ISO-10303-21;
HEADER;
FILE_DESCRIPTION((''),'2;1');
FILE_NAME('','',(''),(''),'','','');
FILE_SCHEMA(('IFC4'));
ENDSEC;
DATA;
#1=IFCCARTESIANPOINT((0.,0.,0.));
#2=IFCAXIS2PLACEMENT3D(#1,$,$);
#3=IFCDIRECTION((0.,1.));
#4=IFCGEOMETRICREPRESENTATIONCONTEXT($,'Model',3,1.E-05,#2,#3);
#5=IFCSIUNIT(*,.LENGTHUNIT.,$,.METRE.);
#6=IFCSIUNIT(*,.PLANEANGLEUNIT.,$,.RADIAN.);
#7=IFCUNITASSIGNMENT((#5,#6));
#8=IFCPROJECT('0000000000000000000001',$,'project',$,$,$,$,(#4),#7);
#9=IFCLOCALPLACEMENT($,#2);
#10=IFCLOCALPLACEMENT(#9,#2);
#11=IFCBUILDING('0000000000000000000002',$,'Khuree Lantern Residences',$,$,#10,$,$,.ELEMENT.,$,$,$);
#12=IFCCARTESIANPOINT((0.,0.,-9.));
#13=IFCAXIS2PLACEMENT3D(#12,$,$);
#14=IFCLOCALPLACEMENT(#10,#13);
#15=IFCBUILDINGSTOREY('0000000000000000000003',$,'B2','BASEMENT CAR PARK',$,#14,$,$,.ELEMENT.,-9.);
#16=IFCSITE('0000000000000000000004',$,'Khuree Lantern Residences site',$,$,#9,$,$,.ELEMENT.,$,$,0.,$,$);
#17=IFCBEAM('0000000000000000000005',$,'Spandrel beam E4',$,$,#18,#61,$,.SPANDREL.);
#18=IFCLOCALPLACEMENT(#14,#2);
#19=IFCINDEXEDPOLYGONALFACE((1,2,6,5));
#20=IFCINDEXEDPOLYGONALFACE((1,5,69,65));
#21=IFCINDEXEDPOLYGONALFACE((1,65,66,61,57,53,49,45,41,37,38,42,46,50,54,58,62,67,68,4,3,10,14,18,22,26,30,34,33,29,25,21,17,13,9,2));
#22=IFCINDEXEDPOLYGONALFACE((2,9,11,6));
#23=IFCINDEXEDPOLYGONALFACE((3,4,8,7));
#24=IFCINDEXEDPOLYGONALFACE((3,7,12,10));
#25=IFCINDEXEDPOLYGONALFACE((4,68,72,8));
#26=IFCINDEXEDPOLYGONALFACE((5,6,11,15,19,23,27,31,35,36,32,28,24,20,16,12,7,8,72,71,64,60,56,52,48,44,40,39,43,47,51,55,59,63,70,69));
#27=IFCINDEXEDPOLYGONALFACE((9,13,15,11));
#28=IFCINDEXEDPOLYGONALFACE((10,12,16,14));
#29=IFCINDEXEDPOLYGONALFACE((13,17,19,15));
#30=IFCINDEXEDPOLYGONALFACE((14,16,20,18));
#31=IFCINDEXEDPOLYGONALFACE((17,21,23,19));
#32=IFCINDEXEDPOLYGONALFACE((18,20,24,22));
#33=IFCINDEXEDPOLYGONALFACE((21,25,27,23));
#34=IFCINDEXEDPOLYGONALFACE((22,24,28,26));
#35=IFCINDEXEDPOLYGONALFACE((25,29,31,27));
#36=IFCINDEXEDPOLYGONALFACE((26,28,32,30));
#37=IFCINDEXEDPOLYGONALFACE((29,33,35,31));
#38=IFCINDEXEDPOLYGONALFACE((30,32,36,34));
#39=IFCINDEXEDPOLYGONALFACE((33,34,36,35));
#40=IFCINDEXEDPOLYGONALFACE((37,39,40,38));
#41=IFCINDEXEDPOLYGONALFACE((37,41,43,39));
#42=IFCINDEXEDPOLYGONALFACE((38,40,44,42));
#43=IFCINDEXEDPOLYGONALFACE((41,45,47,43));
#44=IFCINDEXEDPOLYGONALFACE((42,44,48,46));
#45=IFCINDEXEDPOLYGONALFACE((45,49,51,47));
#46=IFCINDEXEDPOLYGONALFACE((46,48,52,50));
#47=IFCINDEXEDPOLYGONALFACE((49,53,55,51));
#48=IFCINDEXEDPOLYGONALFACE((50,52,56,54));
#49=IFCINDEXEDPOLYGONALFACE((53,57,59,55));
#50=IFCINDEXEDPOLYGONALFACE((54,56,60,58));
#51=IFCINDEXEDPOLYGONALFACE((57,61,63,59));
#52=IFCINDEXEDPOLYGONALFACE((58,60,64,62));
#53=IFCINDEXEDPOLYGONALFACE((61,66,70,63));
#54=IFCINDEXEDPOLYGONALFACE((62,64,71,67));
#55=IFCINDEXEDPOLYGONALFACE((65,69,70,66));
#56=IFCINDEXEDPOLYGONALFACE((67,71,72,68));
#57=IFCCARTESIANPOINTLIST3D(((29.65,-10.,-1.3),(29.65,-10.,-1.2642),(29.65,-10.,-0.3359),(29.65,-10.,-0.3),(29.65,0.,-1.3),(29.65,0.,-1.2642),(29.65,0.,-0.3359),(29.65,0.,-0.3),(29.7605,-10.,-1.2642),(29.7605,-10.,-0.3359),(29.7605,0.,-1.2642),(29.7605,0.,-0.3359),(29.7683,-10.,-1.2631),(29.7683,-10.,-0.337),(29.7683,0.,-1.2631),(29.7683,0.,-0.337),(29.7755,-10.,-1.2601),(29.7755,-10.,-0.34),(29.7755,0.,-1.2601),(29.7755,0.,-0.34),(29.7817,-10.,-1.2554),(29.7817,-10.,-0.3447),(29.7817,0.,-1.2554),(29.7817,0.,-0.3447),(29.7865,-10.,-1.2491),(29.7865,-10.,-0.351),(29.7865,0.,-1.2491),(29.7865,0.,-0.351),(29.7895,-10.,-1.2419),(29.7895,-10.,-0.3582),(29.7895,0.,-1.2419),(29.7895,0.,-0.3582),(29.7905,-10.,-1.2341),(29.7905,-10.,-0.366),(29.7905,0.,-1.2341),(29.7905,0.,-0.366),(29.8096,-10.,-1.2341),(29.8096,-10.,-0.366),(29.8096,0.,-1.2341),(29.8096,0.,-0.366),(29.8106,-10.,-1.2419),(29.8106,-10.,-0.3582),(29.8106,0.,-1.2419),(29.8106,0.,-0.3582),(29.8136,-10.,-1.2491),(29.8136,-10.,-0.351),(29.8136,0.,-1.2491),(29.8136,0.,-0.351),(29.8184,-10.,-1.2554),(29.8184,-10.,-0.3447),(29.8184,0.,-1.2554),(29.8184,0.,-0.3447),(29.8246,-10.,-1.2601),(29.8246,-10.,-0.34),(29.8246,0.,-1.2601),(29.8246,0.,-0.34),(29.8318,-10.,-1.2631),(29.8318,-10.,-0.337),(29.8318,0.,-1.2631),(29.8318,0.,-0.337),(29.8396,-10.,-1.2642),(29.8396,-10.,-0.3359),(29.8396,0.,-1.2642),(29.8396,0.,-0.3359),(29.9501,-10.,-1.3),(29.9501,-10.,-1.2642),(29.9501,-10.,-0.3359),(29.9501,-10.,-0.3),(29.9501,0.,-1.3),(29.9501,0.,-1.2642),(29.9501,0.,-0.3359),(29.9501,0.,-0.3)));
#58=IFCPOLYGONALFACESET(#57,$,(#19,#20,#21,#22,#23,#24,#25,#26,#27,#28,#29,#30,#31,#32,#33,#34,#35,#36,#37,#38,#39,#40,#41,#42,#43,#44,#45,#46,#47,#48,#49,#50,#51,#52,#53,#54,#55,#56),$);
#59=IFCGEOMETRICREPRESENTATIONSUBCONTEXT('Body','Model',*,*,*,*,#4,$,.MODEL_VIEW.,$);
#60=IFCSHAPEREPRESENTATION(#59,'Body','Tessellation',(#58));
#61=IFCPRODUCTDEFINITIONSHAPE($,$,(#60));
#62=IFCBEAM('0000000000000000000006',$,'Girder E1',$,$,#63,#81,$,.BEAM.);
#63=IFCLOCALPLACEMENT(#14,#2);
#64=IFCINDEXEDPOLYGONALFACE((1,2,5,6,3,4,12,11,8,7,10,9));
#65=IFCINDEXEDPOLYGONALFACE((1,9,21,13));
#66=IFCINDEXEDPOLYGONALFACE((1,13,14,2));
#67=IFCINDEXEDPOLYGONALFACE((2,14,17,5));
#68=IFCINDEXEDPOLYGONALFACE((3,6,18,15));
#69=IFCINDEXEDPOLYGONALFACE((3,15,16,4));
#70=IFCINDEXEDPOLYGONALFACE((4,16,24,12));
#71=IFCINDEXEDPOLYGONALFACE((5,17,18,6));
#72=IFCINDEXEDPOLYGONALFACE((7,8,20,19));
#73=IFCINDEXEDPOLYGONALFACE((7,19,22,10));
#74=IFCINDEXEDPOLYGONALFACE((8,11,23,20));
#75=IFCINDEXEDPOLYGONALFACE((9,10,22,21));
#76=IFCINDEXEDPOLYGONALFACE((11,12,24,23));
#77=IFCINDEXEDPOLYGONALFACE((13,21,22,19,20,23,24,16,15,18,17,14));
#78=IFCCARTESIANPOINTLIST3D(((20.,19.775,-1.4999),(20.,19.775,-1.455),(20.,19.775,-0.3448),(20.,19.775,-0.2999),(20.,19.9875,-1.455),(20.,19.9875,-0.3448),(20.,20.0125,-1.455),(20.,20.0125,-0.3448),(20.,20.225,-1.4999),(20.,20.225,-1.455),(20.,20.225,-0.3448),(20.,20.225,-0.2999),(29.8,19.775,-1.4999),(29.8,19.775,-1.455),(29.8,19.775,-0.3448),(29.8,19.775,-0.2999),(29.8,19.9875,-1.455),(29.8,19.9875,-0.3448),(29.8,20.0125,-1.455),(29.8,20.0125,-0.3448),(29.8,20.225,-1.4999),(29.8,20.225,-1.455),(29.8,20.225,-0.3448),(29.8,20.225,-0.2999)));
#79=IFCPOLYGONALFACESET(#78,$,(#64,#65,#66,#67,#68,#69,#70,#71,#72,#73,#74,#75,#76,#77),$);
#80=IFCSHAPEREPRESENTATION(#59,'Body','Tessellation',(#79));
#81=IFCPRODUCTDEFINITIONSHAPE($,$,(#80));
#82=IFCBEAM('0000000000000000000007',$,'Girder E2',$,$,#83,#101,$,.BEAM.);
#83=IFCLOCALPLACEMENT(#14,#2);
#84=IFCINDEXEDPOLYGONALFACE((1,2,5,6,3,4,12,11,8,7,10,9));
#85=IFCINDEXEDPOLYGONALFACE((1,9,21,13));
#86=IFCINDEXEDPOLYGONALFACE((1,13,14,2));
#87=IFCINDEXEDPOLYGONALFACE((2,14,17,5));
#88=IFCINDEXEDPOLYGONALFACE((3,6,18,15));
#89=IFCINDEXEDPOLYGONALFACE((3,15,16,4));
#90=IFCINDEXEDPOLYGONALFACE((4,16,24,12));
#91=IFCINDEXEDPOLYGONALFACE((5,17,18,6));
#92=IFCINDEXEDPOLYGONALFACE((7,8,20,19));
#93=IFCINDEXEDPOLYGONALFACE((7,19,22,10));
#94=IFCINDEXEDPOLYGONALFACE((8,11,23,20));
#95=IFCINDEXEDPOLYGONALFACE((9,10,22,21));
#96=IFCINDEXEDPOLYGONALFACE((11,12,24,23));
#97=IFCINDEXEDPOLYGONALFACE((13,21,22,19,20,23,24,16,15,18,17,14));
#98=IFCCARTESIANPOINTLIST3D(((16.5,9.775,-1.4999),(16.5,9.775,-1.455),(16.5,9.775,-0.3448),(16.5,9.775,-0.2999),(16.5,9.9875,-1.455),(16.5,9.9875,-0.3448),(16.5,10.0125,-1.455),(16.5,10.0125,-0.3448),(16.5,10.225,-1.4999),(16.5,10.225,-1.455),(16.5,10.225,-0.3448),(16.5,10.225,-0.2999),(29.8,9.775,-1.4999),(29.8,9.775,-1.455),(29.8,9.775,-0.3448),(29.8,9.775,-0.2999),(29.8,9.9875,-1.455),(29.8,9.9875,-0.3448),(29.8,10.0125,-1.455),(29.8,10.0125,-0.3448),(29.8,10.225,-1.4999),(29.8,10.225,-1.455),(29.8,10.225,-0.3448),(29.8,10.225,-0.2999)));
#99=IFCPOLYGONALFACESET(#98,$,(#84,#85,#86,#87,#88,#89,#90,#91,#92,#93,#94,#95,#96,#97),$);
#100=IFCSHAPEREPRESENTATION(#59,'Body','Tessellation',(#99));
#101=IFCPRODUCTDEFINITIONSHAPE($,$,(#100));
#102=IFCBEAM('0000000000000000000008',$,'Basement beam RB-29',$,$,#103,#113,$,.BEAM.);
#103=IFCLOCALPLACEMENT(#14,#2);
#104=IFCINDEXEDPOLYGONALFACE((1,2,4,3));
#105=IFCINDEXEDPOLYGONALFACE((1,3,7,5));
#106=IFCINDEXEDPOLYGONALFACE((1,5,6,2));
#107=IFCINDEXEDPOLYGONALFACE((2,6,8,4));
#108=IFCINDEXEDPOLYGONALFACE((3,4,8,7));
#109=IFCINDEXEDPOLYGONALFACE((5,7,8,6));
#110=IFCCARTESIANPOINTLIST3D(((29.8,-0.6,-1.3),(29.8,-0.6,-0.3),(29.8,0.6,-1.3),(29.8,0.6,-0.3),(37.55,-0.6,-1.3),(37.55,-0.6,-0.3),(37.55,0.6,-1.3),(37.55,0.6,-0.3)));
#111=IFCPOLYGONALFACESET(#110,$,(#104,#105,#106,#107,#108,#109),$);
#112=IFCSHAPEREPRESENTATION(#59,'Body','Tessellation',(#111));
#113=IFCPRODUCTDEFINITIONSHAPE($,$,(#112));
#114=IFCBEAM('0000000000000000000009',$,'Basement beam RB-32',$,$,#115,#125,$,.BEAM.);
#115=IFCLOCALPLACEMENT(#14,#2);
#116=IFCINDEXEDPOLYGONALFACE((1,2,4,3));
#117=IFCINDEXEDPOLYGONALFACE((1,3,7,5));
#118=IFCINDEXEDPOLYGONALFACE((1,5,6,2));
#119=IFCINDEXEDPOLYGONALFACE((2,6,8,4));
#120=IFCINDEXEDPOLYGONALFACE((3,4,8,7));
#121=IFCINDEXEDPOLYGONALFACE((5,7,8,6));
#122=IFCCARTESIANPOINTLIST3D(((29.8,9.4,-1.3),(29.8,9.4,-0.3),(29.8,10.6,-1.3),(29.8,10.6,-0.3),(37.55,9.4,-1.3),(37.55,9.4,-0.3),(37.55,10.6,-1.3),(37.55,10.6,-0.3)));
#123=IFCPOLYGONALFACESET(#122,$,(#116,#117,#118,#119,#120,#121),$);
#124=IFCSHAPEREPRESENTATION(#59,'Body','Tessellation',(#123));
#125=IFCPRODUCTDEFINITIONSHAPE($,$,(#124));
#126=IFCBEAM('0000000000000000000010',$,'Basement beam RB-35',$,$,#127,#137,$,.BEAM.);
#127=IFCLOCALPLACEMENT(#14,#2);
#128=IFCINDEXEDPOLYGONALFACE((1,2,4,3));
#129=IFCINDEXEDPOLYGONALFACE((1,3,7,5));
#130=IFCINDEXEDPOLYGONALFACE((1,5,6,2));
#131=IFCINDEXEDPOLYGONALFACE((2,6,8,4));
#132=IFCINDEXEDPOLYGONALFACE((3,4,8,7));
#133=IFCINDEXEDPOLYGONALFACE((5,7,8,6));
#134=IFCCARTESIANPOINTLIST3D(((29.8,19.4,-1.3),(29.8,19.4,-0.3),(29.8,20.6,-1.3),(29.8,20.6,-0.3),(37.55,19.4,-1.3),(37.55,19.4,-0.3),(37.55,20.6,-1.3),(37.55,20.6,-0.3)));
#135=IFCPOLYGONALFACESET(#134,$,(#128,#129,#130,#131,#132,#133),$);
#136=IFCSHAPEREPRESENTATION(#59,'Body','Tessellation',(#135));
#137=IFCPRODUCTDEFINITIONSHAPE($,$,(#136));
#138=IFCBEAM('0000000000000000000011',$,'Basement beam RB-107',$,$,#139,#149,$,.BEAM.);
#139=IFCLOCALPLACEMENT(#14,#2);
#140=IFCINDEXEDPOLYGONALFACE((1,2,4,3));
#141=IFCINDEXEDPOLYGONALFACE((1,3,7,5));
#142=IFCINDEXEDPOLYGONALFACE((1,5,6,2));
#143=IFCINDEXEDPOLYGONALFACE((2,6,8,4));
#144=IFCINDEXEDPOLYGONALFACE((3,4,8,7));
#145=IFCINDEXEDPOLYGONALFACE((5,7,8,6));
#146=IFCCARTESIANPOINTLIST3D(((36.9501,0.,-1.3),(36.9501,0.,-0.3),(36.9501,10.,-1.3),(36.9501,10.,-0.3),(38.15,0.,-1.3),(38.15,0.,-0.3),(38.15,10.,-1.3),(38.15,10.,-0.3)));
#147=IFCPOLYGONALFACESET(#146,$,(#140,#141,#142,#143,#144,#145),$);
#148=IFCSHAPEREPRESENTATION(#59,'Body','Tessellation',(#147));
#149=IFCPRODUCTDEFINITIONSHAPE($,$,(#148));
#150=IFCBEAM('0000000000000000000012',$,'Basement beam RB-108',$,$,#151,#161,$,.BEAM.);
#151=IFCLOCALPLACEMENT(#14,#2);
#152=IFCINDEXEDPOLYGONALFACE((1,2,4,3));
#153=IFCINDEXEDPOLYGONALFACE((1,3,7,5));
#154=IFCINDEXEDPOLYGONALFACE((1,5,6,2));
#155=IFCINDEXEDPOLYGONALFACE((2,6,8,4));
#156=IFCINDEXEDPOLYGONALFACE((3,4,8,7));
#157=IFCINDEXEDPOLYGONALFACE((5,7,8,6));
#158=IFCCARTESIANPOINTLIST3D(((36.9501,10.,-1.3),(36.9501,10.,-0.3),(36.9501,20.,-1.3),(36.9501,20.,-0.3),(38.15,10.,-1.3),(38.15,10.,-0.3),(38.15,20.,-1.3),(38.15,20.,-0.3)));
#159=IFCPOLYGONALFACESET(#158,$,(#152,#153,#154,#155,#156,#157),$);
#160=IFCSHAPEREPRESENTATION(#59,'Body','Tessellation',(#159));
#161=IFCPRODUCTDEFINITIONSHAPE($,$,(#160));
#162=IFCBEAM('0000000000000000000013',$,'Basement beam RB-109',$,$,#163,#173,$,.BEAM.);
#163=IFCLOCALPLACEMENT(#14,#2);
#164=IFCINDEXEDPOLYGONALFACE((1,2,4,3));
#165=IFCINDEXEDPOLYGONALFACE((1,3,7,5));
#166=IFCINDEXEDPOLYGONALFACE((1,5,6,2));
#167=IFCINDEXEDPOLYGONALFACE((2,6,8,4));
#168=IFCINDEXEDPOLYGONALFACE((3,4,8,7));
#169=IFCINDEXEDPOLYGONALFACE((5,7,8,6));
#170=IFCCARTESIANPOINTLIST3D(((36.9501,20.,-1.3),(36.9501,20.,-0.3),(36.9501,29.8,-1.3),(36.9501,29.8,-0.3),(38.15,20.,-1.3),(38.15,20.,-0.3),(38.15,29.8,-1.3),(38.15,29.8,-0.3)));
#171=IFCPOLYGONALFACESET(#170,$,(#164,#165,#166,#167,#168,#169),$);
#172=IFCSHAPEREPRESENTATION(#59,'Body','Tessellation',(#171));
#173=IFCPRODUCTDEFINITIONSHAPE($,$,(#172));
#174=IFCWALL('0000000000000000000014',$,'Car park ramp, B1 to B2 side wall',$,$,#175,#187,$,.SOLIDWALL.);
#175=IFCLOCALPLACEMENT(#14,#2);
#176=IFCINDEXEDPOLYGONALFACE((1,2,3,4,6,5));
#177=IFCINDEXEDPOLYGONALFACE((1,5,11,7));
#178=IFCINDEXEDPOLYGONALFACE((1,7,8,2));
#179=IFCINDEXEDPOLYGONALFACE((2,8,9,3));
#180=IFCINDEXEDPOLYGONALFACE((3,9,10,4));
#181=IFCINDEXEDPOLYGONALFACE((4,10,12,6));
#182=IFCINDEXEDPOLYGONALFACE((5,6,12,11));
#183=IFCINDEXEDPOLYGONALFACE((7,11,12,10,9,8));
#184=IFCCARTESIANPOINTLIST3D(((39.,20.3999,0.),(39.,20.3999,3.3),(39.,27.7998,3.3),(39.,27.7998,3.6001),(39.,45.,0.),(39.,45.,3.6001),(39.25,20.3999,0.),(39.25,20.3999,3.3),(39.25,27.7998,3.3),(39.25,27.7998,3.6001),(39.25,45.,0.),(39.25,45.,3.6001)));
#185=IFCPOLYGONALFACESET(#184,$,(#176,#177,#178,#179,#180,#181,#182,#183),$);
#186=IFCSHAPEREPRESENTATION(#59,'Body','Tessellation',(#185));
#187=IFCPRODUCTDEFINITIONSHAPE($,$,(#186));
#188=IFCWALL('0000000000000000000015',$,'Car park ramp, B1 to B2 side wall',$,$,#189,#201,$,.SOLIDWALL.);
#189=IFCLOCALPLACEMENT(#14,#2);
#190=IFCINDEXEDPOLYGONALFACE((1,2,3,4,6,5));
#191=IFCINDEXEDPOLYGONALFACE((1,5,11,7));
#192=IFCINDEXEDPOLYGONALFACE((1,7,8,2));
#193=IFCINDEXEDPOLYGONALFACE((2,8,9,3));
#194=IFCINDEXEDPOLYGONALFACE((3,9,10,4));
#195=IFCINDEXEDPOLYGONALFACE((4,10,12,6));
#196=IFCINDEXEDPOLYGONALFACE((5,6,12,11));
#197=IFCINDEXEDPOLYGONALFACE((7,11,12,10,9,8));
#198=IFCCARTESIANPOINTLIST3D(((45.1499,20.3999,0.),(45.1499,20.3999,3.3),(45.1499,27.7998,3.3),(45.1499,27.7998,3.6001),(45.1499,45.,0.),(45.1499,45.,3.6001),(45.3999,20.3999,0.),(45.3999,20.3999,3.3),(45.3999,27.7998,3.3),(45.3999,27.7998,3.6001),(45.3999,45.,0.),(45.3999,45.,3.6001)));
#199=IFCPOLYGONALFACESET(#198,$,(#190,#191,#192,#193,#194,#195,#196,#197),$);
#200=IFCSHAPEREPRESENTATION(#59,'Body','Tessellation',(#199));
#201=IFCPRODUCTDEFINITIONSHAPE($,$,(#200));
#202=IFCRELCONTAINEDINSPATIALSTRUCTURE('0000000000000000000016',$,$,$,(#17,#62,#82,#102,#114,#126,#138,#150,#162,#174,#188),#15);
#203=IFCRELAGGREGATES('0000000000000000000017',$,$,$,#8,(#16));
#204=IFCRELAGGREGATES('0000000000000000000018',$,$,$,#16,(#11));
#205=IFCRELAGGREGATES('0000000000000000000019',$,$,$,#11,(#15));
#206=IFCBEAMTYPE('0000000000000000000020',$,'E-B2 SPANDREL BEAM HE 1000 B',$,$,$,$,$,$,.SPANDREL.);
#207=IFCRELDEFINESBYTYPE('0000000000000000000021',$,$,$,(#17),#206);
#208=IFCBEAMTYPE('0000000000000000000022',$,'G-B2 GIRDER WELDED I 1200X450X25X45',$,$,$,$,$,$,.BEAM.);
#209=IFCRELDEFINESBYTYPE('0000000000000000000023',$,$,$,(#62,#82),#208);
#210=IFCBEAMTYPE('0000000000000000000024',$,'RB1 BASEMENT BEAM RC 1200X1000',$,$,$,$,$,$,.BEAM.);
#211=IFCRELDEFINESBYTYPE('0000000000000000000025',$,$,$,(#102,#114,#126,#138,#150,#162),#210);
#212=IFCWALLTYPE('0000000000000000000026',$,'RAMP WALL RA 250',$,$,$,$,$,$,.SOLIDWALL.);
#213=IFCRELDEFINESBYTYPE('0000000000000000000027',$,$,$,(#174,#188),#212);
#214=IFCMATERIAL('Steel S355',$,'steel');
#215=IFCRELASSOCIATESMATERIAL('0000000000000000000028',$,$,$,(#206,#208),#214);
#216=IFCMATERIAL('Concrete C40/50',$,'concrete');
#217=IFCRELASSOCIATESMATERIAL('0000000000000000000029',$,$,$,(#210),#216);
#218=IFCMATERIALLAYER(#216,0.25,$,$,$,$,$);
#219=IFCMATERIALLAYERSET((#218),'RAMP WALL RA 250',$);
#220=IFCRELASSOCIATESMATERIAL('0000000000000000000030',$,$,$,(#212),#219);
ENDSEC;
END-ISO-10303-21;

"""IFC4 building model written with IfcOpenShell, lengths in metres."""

from ifc_helpers import new_model, si_unit, direction, frame, origin, origin_2d, place, context, subcontext, project, spatial, polyline, rectangle, i_section, outline, extrude, material, layer, layer_set, material_profile, profile_set, type_object, element, save


model = new_model("IFC4")

# Units and contexts
model_context = context("Model", 3, precision=1e-05, world=origin(), true_north=direction((0.0, 1.0)))
body_context = subcontext(model_context, "Body", "Model", "MODEL_VIEW")
ifc_project = project(units=[si_unit("LENGTHUNIT", "METRE"), si_unit("PLANEANGLEUNIT", "RADIAN")], contexts=[model_context])

# Site, building, storey
site_placement = place(None, origin())
site = spatial("IfcSite", under=ifc_project, at=site_placement, Name="Khuree Lantern Residences site", CompositionType="ELEMENT", RefElevation=0.0)
building_placement = place(site_placement, origin())
building = spatial("IfcBuilding", under=site, at=building_placement, Name="Khuree Lantern Residences", CompositionType="ELEMENT")
storey_placement = place(building_placement, frame((0.0, 0.0, -9.0)))
storey = spatial("IfcBuildingStorey", under=building, at=storey_placement, Name="B2", Description="BASEMENT CAR PARK", CompositionType="ELEMENT", Elevation=-9.0)

# Beams
ifc_material_1 = material(Name="Steel S355", Category="steel")
ifc_material_profile_1 = material_profile(ifc_material_1, i_section(OverallWidth=0.3, OverallDepth=1.0, WebThickness=0.019, FlangeThickness=0.0359, FilletRadius=0.03, at=origin_2d()), Name="HE 1000 B")
ifc_profile_set_1 = profile_set([ifc_material_profile_1], Name="Steel S355")
beam_type_1 = type_object("IfcBeamType", Name="E-B2 SPANDREL BEAM HE 1000 B", PredefinedType="SPANDREL", material=ifc_profile_set_1)
for number, where, z_axis, x_axis, name in (
    (1, (29.8, 0.0, -0.8), (0.0, -1.0, 0.0), (1.0, 0.0, 0.0), "Spandrel beam E4"),
):
    element("IfcBeam", number, at=place(storey_placement, frame(where, z_axis=z_axis, x_axis=x_axis)), inside=storey, type_object=beam_type_1, Name=name, PredefinedType="SPANDREL", context=body_context, shape_type="SweptSolid", body=[
        extrude(i_section(OverallWidth=0.3, OverallDepth=1.0, WebThickness=0.019, FlangeThickness=0.0359, FilletRadius=0.03, at=origin_2d()), origin(), (0.0, 0.0, 1.0), 10.0),
    ])
ifc_material_profile_2 = material_profile(ifc_material_1, i_section(OverallWidth=0.45, OverallDepth=1.2, WebThickness=0.0249, FlangeThickness=0.0449, at=origin_2d()), Name="WELDED I 1200X450X25X45")
ifc_profile_set_2 = profile_set([ifc_material_profile_2], Name="Steel S355")
beam_type_2 = type_object("IfcBeamType", Name="G-B2 GIRDER WELDED I 1200X450X25X45", PredefinedType="BEAM", material=ifc_profile_set_2)
beam_1_placement = place(storey_placement, frame((29.8, 20.0, -0.8999), z_axis=(-1.0, 0.0, 0.0), x_axis=(0.0, -1.0, 0.0)))
element("IfcBeam", 2, at=beam_1_placement, inside=storey, type_object=beam_type_2, Name="Girder E1", PredefinedType="BEAM", context=body_context, shape_type="SweptSolid", body=[
    extrude(i_section(OverallWidth=0.45, OverallDepth=1.2, WebThickness=0.0249, FlangeThickness=0.0449, at=origin_2d()), origin(), (0.0, 0.0, 1.0), 9.8),
])
beam_2_placement = place(storey_placement, frame((29.8, 10.0, -0.8999), z_axis=(-1.0, 0.0, 0.0), x_axis=(0.0, -1.0, 0.0)))
element("IfcBeam", 3, at=beam_2_placement, inside=storey, type_object=beam_type_2, Name="Girder E2", PredefinedType="BEAM", context=body_context, shape_type="SweptSolid", body=[
    extrude(i_section(OverallWidth=0.45, OverallDepth=1.2, WebThickness=0.0249, FlangeThickness=0.0449, at=origin_2d()), origin(), (0.0, 0.0, 1.0), 13.3),
])
ifc_material_2 = material(Name="Concrete C40/50", Category="concrete")
ifc_material_profile_3 = material_profile(ifc_material_2, rectangle(XDim=1.2, YDim=1.0, at=origin_2d()), Name="RC 1200X1000")
ifc_profile_set_3 = profile_set([ifc_material_profile_3], Name="Concrete C40/50")
beam_type_3 = type_object("IfcBeamType", Name="RB1 BASEMENT BEAM RC 1200X1000", PredefinedType="BEAM", material=ifc_profile_set_3)
for number, where, z_axis, x_axis, name in (
    (4, (29.8, 0.0, -0.8), (1.0, 0.0, 0.0), (0.0, 1.0, 0.0), "Basement beam RB-29"),
    (5, (29.8, 10.0, -0.8), (1.0, 0.0, 0.0), (0.0, 1.0, 0.0), "Basement beam RB-32"),
    (6, (29.8, 20.0, -0.8), (1.0, 0.0, 0.0), (0.0, 1.0, 0.0), "Basement beam RB-35"),
):
    element("IfcBeam", number, at=place(storey_placement, frame(where, z_axis=z_axis, x_axis=x_axis)), inside=storey, type_object=beam_type_3, Name=name, PredefinedType="BEAM", context=body_context, shape_type="SweptSolid", body=[
        extrude(rectangle(XDim=1.2, YDim=1.0, at=origin_2d()), origin(), (0.0, 0.0, 1.0), 7.75),
    ])
for number, where, z_axis, x_axis, name in (
    (7, (37.55, 0.0, -0.8), (0.0, 1.0, 0.0), (-1.0, 0.0, 0.0), "Basement beam RB-107"),
    (8, (37.55, 10.0, -0.8), (0.0, 1.0, 0.0), (-1.0, 0.0, 0.0), "Basement beam RB-108"),
):
    element("IfcBeam", number, at=place(storey_placement, frame(where, z_axis=z_axis, x_axis=x_axis)), inside=storey, type_object=beam_type_3, Name=name, PredefinedType="BEAM", context=body_context, shape_type="SweptSolid", body=[
        extrude(rectangle(XDim=1.2, YDim=1.0, at=origin_2d()), origin(), (0.0, 0.0, 1.0), 10.0),
    ])
beam_3_placement = place(storey_placement, frame((37.55, 20.0, -0.8), z_axis=(0.0, 1.0, 0.0), x_axis=(-1.0, 0.0, 0.0)))
element("IfcBeam", 9, at=beam_3_placement, inside=storey, type_object=beam_type_3, Name="Basement beam RB-109", PredefinedType="BEAM", context=body_context, shape_type="SweptSolid", body=[
    extrude(rectangle(XDim=1.2, YDim=1.0, at=origin_2d()), origin(), (0.0, 0.0, 1.0), 9.8),
])

# Walls
ifc_layer = layer(ifc_material_2, 0.25)
ifc_layer_set = layer_set([ifc_layer], Name="RAMP WALL RA 250")
wall_type = type_object("IfcWallType", Name="RAMP WALL RA 250", PredefinedType="SOLIDWALL", material=ifc_layer_set)
for number, where, z_axis, x_axis, name in (
    (10, (39.125, 20.3999, 0.0), (0.0, 0.0, 1.0), (0.0, 1.0, 0.0), "Car park ramp, B1 to B2 side wall"),
    (11, (45.2749, 20.3999, 0.0), (0.0, 0.0, 1.0), (0.0, 1.0, 0.0), "Car park ramp, B1 to B2 side wall"),
):
    element("IfcWall", number, at=place(storey_placement, frame(where, z_axis=z_axis, x_axis=x_axis)), inside=storey, type_object=wall_type, Name=name, PredefinedType="SOLIDWALL", context=body_context, shape_type="SweptSolid", body=[
        extrude(outline(polyline([(0.0, 0.0), (24.6001, 0.0), (24.6001, 3.6001), (7.3999, 3.6001), (7.3999, 3.3), (0.0, 3.3), (0.0, 0.0)])), frame((0.0, 0.125, 0.0), z_axis=(0.0, -1.0, 0.0), x_axis=(1.0, 0.0, 0.0)), (0.0, 0.0, 1.0), 0.25),
    ])

save(model, "model.ifc")
